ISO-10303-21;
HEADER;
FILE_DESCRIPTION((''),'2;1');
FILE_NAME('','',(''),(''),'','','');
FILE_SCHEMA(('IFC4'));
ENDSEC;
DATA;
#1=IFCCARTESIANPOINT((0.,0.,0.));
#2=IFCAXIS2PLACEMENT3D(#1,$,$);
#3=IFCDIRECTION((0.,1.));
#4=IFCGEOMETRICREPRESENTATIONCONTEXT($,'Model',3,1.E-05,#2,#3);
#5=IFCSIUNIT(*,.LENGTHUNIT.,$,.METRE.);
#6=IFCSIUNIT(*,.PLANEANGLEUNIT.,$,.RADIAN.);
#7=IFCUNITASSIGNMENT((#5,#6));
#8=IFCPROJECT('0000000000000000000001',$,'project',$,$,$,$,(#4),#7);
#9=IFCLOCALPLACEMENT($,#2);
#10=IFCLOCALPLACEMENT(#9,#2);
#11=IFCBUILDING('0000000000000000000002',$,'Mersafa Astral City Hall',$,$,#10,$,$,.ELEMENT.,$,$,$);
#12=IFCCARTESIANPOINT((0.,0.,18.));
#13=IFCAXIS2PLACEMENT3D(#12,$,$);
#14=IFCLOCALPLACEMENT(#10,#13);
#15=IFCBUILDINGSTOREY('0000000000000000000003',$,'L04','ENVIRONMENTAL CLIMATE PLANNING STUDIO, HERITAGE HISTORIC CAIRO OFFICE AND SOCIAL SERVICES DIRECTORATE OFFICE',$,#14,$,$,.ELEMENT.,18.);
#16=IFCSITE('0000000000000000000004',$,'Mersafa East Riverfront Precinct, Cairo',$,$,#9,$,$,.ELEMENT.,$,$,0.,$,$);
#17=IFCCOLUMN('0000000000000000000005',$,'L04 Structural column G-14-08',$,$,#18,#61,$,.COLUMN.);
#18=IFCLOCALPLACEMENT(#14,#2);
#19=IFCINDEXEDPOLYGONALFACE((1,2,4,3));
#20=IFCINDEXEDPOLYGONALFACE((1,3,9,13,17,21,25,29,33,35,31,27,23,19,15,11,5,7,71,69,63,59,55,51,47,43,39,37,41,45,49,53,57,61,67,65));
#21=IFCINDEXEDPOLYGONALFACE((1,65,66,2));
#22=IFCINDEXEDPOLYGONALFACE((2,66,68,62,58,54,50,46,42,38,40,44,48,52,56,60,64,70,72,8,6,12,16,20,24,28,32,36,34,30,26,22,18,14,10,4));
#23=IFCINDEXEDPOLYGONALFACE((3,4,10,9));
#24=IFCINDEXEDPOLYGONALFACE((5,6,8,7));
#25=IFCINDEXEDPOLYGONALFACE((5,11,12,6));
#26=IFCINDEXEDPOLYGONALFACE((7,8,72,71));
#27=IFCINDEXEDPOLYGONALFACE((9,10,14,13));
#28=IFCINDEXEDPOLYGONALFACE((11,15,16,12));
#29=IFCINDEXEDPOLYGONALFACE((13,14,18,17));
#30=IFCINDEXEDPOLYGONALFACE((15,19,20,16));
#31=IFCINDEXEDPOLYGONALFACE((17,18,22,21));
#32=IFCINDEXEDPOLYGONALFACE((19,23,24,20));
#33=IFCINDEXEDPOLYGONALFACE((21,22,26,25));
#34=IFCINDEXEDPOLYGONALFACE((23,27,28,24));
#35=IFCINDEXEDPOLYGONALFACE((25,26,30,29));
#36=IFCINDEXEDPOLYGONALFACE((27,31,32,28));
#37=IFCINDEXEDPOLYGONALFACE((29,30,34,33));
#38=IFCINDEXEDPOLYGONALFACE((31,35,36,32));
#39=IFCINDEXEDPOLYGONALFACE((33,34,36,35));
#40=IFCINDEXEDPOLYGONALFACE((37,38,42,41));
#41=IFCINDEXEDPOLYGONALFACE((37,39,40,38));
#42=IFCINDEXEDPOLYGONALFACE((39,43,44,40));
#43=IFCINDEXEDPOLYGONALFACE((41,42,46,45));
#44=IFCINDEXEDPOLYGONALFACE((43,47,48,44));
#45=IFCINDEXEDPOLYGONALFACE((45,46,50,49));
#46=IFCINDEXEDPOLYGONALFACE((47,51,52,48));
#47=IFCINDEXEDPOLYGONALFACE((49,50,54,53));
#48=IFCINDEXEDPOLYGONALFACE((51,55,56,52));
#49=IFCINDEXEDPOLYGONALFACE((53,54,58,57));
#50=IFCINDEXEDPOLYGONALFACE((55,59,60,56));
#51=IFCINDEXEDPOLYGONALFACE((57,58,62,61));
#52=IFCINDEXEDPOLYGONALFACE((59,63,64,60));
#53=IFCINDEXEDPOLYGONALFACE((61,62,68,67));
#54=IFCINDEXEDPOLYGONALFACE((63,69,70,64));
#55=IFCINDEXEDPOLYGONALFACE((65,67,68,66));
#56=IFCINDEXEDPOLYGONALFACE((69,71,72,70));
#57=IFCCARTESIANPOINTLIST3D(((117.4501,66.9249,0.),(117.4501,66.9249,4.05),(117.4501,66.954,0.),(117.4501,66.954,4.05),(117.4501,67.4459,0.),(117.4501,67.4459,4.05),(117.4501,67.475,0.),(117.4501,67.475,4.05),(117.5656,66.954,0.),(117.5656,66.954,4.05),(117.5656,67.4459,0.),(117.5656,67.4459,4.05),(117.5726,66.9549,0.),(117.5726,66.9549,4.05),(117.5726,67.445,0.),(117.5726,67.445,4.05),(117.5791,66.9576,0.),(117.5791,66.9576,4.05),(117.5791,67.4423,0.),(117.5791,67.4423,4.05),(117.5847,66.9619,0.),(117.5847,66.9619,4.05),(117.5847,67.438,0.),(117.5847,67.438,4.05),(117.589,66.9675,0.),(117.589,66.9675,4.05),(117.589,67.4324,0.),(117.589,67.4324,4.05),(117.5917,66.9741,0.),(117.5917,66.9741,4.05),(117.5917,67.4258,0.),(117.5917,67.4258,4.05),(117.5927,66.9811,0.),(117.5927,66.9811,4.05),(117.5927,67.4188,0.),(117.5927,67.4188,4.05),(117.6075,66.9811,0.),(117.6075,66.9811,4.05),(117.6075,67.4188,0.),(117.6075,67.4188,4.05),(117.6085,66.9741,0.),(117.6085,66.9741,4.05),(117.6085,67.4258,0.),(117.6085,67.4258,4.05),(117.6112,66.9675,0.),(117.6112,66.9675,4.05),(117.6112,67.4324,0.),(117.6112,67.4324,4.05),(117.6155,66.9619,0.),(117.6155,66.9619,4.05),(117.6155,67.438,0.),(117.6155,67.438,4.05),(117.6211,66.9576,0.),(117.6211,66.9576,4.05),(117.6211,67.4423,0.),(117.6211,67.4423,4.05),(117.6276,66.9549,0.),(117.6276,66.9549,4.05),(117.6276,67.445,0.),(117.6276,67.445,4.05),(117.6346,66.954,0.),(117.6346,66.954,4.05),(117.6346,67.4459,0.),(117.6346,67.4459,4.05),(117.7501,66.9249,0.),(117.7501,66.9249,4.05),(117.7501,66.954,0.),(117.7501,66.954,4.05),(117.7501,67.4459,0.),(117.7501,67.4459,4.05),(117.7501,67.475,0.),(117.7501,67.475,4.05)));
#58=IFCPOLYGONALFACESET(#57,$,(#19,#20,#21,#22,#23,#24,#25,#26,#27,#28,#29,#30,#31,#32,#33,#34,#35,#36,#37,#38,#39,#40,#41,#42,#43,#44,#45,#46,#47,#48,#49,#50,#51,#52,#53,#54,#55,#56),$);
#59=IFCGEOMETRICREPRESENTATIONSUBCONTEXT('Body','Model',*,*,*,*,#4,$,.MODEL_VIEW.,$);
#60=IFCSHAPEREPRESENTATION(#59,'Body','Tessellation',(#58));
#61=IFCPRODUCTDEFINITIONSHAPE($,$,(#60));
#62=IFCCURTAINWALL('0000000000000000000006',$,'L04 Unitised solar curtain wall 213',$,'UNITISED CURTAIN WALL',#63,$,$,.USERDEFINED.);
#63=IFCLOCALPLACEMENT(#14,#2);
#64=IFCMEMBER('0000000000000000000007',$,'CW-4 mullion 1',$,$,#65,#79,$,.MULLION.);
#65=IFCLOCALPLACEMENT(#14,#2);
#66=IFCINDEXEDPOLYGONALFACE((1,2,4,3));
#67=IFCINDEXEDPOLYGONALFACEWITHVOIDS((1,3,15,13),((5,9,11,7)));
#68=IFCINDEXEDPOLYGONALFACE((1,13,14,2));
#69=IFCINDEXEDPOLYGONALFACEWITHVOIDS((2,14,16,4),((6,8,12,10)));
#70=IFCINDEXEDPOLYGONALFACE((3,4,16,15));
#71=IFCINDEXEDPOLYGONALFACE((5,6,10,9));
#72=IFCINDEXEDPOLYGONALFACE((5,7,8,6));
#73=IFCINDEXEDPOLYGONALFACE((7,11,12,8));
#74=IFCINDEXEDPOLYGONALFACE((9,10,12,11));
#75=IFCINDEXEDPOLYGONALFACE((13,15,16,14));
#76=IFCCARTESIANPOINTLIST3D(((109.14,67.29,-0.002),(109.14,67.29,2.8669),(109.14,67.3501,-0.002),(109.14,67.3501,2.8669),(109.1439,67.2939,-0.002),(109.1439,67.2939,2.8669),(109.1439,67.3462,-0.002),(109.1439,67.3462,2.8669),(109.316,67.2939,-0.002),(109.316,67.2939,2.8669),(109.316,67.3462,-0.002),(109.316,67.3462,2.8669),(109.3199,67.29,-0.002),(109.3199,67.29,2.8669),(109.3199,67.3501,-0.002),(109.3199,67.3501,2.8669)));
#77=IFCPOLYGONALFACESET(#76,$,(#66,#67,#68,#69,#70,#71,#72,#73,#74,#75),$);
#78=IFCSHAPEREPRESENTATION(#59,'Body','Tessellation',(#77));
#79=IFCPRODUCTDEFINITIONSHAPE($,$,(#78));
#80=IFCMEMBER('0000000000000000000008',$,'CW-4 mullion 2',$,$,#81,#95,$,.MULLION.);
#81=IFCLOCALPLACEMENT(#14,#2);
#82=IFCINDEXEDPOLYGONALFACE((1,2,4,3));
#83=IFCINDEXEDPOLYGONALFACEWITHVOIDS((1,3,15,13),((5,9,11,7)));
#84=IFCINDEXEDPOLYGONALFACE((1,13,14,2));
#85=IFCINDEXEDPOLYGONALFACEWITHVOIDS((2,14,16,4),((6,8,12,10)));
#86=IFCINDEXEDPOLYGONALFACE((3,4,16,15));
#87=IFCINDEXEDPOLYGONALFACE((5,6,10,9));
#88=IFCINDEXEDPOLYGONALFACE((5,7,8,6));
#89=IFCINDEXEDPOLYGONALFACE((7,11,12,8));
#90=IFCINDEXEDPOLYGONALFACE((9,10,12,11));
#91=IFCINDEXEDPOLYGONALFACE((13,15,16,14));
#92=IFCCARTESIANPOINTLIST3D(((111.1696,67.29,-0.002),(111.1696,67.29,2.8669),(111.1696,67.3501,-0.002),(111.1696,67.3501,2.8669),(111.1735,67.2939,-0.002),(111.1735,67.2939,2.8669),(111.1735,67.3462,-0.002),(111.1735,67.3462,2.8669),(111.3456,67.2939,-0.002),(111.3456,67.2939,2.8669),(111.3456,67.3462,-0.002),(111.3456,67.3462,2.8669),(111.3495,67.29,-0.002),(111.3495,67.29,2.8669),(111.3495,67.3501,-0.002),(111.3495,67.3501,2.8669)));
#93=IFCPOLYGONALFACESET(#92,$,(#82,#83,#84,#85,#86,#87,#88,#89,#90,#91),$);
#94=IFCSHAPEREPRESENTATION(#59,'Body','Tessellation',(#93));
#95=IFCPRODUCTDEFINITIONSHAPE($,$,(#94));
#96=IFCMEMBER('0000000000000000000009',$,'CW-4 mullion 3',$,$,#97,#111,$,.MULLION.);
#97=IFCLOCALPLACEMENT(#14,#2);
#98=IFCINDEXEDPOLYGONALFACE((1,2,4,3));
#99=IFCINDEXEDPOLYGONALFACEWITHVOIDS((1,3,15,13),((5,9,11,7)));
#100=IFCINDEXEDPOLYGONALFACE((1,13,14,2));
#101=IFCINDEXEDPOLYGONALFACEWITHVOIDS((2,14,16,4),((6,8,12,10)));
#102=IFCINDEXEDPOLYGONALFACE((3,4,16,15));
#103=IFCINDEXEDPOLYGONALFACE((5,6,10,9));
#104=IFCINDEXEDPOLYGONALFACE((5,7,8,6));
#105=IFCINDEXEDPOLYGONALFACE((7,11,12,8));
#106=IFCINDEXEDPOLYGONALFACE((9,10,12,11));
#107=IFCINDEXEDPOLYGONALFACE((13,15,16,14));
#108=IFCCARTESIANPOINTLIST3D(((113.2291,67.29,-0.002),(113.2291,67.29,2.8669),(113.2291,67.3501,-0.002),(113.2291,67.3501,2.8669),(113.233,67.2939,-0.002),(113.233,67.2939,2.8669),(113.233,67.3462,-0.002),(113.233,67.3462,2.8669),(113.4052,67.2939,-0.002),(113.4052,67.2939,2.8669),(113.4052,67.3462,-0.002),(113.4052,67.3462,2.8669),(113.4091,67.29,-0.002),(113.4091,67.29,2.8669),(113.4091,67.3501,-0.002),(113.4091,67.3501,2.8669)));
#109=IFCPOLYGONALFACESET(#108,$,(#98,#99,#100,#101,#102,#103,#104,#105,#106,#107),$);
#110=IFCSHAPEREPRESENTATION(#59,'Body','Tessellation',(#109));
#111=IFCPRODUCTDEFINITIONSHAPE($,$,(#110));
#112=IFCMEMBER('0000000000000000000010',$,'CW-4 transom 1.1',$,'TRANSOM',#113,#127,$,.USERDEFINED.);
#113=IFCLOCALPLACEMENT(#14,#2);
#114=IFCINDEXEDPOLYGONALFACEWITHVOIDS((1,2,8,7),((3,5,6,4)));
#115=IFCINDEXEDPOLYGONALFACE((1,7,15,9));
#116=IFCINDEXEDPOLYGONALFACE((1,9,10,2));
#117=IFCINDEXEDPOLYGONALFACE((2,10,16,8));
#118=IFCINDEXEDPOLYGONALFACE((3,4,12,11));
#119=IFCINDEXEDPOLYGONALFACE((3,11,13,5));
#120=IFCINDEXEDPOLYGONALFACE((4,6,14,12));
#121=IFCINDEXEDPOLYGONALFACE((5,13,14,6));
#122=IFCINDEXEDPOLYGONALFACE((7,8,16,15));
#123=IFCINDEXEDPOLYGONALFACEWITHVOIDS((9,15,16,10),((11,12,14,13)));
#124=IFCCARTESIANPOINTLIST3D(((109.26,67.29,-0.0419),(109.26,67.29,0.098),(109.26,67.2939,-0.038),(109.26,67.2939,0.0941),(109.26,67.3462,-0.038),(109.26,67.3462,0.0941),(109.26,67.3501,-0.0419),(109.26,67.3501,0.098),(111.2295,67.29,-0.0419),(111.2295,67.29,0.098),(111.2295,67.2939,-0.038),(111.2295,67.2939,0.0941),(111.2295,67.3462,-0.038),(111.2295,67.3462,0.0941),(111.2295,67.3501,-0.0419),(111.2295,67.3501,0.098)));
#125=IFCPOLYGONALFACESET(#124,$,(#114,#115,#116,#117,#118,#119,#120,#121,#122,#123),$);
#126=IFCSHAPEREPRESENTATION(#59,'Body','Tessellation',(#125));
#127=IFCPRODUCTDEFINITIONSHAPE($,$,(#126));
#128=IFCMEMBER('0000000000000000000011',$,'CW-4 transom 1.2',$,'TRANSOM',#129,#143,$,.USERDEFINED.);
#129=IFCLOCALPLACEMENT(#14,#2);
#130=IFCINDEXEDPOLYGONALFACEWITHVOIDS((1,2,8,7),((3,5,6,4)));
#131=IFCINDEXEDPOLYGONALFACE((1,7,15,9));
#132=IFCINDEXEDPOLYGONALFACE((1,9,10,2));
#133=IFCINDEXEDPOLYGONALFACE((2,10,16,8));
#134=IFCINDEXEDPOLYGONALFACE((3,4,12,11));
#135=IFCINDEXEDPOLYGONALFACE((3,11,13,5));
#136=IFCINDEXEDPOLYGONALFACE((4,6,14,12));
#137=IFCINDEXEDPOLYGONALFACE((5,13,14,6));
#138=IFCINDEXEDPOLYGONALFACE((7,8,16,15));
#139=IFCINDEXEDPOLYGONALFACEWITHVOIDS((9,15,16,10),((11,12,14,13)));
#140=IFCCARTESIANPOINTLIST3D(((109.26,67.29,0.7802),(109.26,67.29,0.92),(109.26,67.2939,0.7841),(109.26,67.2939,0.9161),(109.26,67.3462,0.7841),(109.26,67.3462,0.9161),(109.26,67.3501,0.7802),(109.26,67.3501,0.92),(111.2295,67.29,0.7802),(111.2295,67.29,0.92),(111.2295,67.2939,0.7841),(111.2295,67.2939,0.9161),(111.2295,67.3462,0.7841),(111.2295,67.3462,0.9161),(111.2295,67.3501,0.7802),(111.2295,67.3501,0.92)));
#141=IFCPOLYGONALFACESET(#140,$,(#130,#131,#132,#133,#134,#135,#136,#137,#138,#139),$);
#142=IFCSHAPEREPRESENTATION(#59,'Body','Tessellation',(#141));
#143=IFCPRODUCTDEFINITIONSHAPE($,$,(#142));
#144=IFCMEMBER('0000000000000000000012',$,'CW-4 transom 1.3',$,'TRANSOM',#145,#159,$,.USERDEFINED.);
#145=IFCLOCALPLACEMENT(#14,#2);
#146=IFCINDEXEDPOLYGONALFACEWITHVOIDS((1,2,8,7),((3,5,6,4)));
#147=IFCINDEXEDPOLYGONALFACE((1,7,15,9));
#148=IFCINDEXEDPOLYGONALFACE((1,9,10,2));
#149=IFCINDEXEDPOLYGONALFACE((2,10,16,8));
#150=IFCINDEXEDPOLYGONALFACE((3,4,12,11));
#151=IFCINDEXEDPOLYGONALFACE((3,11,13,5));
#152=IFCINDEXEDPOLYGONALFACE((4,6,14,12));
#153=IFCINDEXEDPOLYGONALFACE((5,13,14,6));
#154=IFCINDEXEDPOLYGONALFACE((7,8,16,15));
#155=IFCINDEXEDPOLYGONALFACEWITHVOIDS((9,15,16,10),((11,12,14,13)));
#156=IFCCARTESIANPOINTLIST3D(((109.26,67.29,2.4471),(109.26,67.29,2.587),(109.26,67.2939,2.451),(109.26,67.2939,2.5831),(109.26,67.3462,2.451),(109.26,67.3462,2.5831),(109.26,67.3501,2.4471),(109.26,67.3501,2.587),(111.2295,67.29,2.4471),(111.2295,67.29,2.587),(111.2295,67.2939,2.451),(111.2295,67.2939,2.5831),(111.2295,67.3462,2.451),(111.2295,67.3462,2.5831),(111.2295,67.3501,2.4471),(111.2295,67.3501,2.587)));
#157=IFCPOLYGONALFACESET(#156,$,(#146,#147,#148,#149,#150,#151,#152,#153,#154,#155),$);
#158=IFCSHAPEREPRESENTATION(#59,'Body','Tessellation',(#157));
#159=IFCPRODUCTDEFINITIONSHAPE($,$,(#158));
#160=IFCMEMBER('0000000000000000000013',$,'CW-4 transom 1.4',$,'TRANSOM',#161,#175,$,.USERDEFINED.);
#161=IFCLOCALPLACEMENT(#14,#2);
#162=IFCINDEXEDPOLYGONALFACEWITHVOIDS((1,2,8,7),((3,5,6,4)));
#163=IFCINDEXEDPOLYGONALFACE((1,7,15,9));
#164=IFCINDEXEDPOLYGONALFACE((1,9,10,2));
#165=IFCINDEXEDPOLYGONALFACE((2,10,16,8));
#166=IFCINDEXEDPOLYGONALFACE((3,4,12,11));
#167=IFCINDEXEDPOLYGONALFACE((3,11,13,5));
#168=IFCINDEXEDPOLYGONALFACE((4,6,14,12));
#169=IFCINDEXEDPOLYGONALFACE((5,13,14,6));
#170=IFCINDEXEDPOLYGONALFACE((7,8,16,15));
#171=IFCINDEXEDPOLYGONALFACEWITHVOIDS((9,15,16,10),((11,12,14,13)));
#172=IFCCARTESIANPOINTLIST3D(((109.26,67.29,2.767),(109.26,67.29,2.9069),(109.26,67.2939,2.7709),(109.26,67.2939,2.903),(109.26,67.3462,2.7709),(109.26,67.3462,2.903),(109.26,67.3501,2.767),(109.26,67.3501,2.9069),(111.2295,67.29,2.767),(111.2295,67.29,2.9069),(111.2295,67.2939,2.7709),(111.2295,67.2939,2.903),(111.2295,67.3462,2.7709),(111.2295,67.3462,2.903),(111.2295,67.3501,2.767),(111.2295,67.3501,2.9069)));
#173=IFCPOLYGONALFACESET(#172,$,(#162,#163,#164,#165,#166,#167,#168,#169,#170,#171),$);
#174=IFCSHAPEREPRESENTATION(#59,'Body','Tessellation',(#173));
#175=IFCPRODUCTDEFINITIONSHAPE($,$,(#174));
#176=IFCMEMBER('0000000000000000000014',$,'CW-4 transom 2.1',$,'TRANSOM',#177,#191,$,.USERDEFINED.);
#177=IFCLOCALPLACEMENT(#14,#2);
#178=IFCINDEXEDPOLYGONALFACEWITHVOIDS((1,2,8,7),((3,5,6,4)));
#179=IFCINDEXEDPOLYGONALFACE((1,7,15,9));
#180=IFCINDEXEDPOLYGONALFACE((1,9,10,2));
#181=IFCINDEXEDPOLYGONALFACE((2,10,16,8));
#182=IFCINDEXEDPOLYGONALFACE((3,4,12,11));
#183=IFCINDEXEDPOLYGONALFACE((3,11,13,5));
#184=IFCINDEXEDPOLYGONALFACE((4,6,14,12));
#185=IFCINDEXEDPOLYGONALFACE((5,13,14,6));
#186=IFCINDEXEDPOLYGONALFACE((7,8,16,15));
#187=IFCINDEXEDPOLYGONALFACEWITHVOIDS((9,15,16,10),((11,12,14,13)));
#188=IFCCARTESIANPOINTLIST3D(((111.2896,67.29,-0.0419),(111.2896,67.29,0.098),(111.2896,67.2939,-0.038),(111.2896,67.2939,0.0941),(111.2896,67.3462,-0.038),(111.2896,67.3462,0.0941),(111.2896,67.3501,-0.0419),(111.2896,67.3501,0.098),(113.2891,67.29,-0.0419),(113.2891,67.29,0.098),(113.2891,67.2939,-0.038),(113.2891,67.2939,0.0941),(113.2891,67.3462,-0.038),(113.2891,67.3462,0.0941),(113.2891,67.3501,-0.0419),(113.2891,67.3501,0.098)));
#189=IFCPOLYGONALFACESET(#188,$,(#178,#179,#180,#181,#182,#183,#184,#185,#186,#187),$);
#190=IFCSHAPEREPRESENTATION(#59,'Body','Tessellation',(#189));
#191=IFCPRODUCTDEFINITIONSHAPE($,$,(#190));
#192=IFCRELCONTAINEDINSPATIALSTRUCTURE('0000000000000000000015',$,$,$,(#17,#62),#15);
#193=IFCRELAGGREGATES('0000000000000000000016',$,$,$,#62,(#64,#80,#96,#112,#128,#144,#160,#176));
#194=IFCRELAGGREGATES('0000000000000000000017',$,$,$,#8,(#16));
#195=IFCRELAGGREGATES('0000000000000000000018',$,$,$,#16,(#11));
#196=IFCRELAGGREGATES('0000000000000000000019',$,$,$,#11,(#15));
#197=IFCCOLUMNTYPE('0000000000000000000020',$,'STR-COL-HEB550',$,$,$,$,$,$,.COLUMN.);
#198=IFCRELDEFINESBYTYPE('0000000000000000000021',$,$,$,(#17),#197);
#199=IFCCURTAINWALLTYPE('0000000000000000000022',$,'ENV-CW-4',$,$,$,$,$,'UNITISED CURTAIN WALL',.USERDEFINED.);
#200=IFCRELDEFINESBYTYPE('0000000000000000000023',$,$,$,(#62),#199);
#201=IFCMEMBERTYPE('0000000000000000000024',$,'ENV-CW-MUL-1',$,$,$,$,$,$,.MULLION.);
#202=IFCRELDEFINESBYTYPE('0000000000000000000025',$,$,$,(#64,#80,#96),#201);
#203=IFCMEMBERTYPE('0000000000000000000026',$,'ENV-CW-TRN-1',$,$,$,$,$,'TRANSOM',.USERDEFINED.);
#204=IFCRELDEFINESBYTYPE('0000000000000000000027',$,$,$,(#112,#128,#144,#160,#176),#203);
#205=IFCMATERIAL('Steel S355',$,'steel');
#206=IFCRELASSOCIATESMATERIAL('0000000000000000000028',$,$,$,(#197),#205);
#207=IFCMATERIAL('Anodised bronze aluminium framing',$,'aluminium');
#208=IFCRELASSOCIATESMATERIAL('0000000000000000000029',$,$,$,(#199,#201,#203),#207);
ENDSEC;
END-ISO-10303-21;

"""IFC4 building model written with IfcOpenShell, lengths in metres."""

from ifc_helpers import new_model, si_unit, direction, frame, origin, origin_2d, place, context, subcontext, project, spatial, hollow_rectangle, i_section, extrude, material, material_profile, profile_set, type_object, element, aggregate, save


model = new_model("IFC4")

# Units and contexts
model_context = context("Model", 3, precision=1e-05, world=origin(), true_north=direction((0.0, 1.0)))
body_context = subcontext(model_context, "Body", "Model", "MODEL_VIEW")
ifc_project = project(units=[si_unit("LENGTHUNIT", "METRE"), si_unit("PLANEANGLEUNIT", "RADIAN")], contexts=[model_context])

# Site, building, storey
site_placement = place(None, origin())
site = spatial("IfcSite", under=ifc_project, at=site_placement, Name="Mersafa East Riverfront Precinct, Cairo", CompositionType="ELEMENT", RefElevation=0.0)
building_placement = place(site_placement, origin())
building = spatial("IfcBuilding", under=site, at=building_placement, Name="Mersafa Astral City Hall", CompositionType="ELEMENT")
storey_placement = place(building_placement, frame((0.0, 0.0, 18.0)))
storey = spatial("IfcBuildingStorey", under=building, at=storey_placement, Name="L04", Description="ENVIRONMENTAL CLIMATE PLANNING STUDIO, HERITAGE HISTORIC CAIRO OFFICE AND SOCIAL SERVICES DIRECTORATE OFFICE", CompositionType="ELEMENT", Elevation=18.0)

# Column
ifc_material_1 = material(Name="Steel S355", Category="steel")
ifc_material_profile_1 = material_profile(ifc_material_1, i_section(OverallWidth=0.3, OverallDepth=0.55, WebThickness=0.0149, FlangeThickness=0.0291, FilletRadius=0.0271, at=origin_2d()), Name="HEB 550")
ifc_profile_set_1 = profile_set([ifc_material_profile_1], Name="Steel S355")
column_type = type_object("IfcColumnType", Name="STR-COL-HEB550", PredefinedType="COLUMN", material=ifc_profile_set_1)
column_placement = place(storey_placement, frame((117.6001, 67.2, 0.0), z_axis=(0.0, 0.0, 1.0), x_axis=(1.0, 0.0, 0.0)))
element("IfcColumn", 1, at=column_placement, inside=storey, type_object=column_type, Name="L04 Structural column G-14-08", PredefinedType="COLUMN", context=body_context, shape_type="SweptSolid", body=[
    extrude(i_section(OverallWidth=0.3, OverallDepth=0.55, WebThickness=0.0149, FlangeThickness=0.0291, FilletRadius=0.0271, at=origin_2d()), origin(), (0.0, 0.0, 1.0), 4.05),
])

# Curtain wall, members
ifc_material_2 = material(Name="Anodised bronze aluminium framing", Category="aluminium")
curtain_wall_type = type_object("IfcCurtainWallType", Name="ENV-CW-4", ElementType="UNITISED CURTAIN WALL", PredefinedType="USERDEFINED", material=ifc_material_2)
curtain_wall_placement = place(storey_placement, origin())
curtain_wall = element("IfcCurtainWall", 2, at=curtain_wall_placement, inside=storey, type_object=curtain_wall_type, Name="L04 Unitised solar curtain wall 213", ObjectType="UNITISED CURTAIN WALL", PredefinedType="USERDEFINED")
ifc_material_profile_2 = material_profile(ifc_material_2, hollow_rectangle(XDim=0.0601, YDim=0.1799, WallThickness=0.0039, at=origin_2d()), Name="RHS 60x180x4")
ifc_profile_set_2 = profile_set([ifc_material_profile_2], Name="Anodised bronze aluminium framing")
member_type_1 = type_object("IfcMemberType", Name="ENV-CW-MUL-1", PredefinedType="MULLION", material=ifc_profile_set_2)
member_1_placement = place(storey_placement, frame((109.23, 67.3201, -0.002), z_axis=(0.0, 0.0, 1.0), x_axis=(0.0, 1.0, 0.0)))
member_1 = element("IfcMember", 3, at=member_1_placement, type_object=member_type_1, Name="CW-4 mullion 1", PredefinedType="MULLION", context=body_context, shape_type="SweptSolid", body=[
    extrude(hollow_rectangle(XDim=0.0601, YDim=0.1799, WallThickness=0.0039, at=origin_2d()), origin(), (0.0, 0.0, 1.0), 2.8689),
])
member_2_placement = place(storey_placement, frame((111.2595, 67.3201, -0.002), z_axis=(0.0, 0.0, 1.0), x_axis=(0.0, 1.0, 0.0)))
member_2 = element("IfcMember", 4, at=member_2_placement, type_object=member_type_1, Name="CW-4 mullion 2", PredefinedType="MULLION", context=body_context, shape_type="SweptSolid", body=[
    extrude(hollow_rectangle(XDim=0.0601, YDim=0.1799, WallThickness=0.0039, at=origin_2d()), origin(), (0.0, 0.0, 1.0), 2.8689),
])
member_3_placement = place(storey_placement, frame((113.3191, 67.3201, -0.002), z_axis=(0.0, 0.0, 1.0), x_axis=(0.0, 1.0, 0.0)))
member_3 = element("IfcMember", 5, at=member_3_placement, type_object=member_type_1, Name="CW-4 mullion 3", PredefinedType="MULLION", context=body_context, shape_type="SweptSolid", body=[
    extrude(hollow_rectangle(XDim=0.0601, YDim=0.1799, WallThickness=0.0039, at=origin_2d()), origin(), (0.0, 0.0, 1.0), 2.8689),
])
ifc_material_profile_3 = material_profile(ifc_material_2, hollow_rectangle(XDim=0.0601, YDim=0.1399, WallThickness=0.0039, at=origin_2d()), Name="RHS 60x140x4")
ifc_profile_set_3 = profile_set([ifc_material_profile_3], Name="Anodised bronze aluminium framing")
member_type_2 = type_object("IfcMemberType", Name="ENV-CW-TRN-1", ElementType="TRANSOM", PredefinedType="USERDEFINED", material=ifc_profile_set_3)
member_4_placement = place(storey_placement, frame((109.26, 67.3201, 0.0281), z_axis=(1.0, 0.0, 0.0), x_axis=(0.0, 1.0, 0.0)))
member_4 = element("IfcMember", 6, at=member_4_placement, type_object=member_type_2, Name="CW-4 transom 1.1", ObjectType="TRANSOM", PredefinedType="USERDEFINED", context=body_context, shape_type="SweptSolid", body=[
    extrude(hollow_rectangle(XDim=0.0601, YDim=0.1399, WallThickness=0.0039, at=origin_2d()), origin(), (0.0, 0.0, 1.0), 1.9695),
])
member_5_placement = place(storey_placement, frame((109.26, 67.3201, 0.8501), z_axis=(1.0, 0.0, 0.0), x_axis=(0.0, 1.0, 0.0)))
member_5 = element("IfcMember", 7, at=member_5_placement, type_object=member_type_2, Name="CW-4 transom 1.2", ObjectType="TRANSOM", PredefinedType="USERDEFINED", context=body_context, shape_type="SweptSolid", body=[
    extrude(hollow_rectangle(XDim=0.0601, YDim=0.1399, WallThickness=0.0039, at=origin_2d()), origin(), (0.0, 0.0, 1.0), 1.9695),
])
member_6_placement = place(storey_placement, frame((109.26, 67.3201, 2.5171), z_axis=(1.0, 0.0, 0.0), x_axis=(0.0, 1.0, 0.0)))
member_6 = element("IfcMember", 8, at=member_6_placement, type_object=member_type_2, Name="CW-4 transom 1.3", ObjectType="TRANSOM", PredefinedType="USERDEFINED", context=body_context, shape_type="SweptSolid", body=[
    extrude(hollow_rectangle(XDim=0.0601, YDim=0.1399, WallThickness=0.0039, at=origin_2d()), origin(), (0.0, 0.0, 1.0), 1.9695),
])
member_7_placement = place(storey_placement, frame((109.26, 67.3201, 2.8369), z_axis=(1.0, 0.0, 0.0), x_axis=(0.0, 1.0, 0.0)))
member_7 = element("IfcMember", 9, at=member_7_placement, type_object=member_type_2, Name="CW-4 transom 1.4", ObjectType="TRANSOM", PredefinedType="USERDEFINED", context=body_context, shape_type="SweptSolid", body=[
    extrude(hollow_rectangle(XDim=0.0601, YDim=0.1399, WallThickness=0.0039, at=origin_2d()), origin(), (0.0, 0.0, 1.0), 1.9695),
])
member_8_placement = place(storey_placement, frame((111.2896, 67.3201, 0.0281), z_axis=(1.0, 0.0, 0.0), x_axis=(0.0, 1.0, 0.0)))
member_8 = element("IfcMember", 10, at=member_8_placement, type_object=member_type_2, Name="CW-4 transom 2.1", ObjectType="TRANSOM", PredefinedType="USERDEFINED", context=body_context, shape_type="SweptSolid", body=[
    extrude(hollow_rectangle(XDim=0.0601, YDim=0.1399, WallThickness=0.0039, at=origin_2d()), origin(), (0.0, 0.0, 1.0), 1.9995),
])

aggregate(curtain_wall, [member_1, member_2, member_3, member_4, member_5, member_6, member_7, member_8])

save(model, "model.ifc")
